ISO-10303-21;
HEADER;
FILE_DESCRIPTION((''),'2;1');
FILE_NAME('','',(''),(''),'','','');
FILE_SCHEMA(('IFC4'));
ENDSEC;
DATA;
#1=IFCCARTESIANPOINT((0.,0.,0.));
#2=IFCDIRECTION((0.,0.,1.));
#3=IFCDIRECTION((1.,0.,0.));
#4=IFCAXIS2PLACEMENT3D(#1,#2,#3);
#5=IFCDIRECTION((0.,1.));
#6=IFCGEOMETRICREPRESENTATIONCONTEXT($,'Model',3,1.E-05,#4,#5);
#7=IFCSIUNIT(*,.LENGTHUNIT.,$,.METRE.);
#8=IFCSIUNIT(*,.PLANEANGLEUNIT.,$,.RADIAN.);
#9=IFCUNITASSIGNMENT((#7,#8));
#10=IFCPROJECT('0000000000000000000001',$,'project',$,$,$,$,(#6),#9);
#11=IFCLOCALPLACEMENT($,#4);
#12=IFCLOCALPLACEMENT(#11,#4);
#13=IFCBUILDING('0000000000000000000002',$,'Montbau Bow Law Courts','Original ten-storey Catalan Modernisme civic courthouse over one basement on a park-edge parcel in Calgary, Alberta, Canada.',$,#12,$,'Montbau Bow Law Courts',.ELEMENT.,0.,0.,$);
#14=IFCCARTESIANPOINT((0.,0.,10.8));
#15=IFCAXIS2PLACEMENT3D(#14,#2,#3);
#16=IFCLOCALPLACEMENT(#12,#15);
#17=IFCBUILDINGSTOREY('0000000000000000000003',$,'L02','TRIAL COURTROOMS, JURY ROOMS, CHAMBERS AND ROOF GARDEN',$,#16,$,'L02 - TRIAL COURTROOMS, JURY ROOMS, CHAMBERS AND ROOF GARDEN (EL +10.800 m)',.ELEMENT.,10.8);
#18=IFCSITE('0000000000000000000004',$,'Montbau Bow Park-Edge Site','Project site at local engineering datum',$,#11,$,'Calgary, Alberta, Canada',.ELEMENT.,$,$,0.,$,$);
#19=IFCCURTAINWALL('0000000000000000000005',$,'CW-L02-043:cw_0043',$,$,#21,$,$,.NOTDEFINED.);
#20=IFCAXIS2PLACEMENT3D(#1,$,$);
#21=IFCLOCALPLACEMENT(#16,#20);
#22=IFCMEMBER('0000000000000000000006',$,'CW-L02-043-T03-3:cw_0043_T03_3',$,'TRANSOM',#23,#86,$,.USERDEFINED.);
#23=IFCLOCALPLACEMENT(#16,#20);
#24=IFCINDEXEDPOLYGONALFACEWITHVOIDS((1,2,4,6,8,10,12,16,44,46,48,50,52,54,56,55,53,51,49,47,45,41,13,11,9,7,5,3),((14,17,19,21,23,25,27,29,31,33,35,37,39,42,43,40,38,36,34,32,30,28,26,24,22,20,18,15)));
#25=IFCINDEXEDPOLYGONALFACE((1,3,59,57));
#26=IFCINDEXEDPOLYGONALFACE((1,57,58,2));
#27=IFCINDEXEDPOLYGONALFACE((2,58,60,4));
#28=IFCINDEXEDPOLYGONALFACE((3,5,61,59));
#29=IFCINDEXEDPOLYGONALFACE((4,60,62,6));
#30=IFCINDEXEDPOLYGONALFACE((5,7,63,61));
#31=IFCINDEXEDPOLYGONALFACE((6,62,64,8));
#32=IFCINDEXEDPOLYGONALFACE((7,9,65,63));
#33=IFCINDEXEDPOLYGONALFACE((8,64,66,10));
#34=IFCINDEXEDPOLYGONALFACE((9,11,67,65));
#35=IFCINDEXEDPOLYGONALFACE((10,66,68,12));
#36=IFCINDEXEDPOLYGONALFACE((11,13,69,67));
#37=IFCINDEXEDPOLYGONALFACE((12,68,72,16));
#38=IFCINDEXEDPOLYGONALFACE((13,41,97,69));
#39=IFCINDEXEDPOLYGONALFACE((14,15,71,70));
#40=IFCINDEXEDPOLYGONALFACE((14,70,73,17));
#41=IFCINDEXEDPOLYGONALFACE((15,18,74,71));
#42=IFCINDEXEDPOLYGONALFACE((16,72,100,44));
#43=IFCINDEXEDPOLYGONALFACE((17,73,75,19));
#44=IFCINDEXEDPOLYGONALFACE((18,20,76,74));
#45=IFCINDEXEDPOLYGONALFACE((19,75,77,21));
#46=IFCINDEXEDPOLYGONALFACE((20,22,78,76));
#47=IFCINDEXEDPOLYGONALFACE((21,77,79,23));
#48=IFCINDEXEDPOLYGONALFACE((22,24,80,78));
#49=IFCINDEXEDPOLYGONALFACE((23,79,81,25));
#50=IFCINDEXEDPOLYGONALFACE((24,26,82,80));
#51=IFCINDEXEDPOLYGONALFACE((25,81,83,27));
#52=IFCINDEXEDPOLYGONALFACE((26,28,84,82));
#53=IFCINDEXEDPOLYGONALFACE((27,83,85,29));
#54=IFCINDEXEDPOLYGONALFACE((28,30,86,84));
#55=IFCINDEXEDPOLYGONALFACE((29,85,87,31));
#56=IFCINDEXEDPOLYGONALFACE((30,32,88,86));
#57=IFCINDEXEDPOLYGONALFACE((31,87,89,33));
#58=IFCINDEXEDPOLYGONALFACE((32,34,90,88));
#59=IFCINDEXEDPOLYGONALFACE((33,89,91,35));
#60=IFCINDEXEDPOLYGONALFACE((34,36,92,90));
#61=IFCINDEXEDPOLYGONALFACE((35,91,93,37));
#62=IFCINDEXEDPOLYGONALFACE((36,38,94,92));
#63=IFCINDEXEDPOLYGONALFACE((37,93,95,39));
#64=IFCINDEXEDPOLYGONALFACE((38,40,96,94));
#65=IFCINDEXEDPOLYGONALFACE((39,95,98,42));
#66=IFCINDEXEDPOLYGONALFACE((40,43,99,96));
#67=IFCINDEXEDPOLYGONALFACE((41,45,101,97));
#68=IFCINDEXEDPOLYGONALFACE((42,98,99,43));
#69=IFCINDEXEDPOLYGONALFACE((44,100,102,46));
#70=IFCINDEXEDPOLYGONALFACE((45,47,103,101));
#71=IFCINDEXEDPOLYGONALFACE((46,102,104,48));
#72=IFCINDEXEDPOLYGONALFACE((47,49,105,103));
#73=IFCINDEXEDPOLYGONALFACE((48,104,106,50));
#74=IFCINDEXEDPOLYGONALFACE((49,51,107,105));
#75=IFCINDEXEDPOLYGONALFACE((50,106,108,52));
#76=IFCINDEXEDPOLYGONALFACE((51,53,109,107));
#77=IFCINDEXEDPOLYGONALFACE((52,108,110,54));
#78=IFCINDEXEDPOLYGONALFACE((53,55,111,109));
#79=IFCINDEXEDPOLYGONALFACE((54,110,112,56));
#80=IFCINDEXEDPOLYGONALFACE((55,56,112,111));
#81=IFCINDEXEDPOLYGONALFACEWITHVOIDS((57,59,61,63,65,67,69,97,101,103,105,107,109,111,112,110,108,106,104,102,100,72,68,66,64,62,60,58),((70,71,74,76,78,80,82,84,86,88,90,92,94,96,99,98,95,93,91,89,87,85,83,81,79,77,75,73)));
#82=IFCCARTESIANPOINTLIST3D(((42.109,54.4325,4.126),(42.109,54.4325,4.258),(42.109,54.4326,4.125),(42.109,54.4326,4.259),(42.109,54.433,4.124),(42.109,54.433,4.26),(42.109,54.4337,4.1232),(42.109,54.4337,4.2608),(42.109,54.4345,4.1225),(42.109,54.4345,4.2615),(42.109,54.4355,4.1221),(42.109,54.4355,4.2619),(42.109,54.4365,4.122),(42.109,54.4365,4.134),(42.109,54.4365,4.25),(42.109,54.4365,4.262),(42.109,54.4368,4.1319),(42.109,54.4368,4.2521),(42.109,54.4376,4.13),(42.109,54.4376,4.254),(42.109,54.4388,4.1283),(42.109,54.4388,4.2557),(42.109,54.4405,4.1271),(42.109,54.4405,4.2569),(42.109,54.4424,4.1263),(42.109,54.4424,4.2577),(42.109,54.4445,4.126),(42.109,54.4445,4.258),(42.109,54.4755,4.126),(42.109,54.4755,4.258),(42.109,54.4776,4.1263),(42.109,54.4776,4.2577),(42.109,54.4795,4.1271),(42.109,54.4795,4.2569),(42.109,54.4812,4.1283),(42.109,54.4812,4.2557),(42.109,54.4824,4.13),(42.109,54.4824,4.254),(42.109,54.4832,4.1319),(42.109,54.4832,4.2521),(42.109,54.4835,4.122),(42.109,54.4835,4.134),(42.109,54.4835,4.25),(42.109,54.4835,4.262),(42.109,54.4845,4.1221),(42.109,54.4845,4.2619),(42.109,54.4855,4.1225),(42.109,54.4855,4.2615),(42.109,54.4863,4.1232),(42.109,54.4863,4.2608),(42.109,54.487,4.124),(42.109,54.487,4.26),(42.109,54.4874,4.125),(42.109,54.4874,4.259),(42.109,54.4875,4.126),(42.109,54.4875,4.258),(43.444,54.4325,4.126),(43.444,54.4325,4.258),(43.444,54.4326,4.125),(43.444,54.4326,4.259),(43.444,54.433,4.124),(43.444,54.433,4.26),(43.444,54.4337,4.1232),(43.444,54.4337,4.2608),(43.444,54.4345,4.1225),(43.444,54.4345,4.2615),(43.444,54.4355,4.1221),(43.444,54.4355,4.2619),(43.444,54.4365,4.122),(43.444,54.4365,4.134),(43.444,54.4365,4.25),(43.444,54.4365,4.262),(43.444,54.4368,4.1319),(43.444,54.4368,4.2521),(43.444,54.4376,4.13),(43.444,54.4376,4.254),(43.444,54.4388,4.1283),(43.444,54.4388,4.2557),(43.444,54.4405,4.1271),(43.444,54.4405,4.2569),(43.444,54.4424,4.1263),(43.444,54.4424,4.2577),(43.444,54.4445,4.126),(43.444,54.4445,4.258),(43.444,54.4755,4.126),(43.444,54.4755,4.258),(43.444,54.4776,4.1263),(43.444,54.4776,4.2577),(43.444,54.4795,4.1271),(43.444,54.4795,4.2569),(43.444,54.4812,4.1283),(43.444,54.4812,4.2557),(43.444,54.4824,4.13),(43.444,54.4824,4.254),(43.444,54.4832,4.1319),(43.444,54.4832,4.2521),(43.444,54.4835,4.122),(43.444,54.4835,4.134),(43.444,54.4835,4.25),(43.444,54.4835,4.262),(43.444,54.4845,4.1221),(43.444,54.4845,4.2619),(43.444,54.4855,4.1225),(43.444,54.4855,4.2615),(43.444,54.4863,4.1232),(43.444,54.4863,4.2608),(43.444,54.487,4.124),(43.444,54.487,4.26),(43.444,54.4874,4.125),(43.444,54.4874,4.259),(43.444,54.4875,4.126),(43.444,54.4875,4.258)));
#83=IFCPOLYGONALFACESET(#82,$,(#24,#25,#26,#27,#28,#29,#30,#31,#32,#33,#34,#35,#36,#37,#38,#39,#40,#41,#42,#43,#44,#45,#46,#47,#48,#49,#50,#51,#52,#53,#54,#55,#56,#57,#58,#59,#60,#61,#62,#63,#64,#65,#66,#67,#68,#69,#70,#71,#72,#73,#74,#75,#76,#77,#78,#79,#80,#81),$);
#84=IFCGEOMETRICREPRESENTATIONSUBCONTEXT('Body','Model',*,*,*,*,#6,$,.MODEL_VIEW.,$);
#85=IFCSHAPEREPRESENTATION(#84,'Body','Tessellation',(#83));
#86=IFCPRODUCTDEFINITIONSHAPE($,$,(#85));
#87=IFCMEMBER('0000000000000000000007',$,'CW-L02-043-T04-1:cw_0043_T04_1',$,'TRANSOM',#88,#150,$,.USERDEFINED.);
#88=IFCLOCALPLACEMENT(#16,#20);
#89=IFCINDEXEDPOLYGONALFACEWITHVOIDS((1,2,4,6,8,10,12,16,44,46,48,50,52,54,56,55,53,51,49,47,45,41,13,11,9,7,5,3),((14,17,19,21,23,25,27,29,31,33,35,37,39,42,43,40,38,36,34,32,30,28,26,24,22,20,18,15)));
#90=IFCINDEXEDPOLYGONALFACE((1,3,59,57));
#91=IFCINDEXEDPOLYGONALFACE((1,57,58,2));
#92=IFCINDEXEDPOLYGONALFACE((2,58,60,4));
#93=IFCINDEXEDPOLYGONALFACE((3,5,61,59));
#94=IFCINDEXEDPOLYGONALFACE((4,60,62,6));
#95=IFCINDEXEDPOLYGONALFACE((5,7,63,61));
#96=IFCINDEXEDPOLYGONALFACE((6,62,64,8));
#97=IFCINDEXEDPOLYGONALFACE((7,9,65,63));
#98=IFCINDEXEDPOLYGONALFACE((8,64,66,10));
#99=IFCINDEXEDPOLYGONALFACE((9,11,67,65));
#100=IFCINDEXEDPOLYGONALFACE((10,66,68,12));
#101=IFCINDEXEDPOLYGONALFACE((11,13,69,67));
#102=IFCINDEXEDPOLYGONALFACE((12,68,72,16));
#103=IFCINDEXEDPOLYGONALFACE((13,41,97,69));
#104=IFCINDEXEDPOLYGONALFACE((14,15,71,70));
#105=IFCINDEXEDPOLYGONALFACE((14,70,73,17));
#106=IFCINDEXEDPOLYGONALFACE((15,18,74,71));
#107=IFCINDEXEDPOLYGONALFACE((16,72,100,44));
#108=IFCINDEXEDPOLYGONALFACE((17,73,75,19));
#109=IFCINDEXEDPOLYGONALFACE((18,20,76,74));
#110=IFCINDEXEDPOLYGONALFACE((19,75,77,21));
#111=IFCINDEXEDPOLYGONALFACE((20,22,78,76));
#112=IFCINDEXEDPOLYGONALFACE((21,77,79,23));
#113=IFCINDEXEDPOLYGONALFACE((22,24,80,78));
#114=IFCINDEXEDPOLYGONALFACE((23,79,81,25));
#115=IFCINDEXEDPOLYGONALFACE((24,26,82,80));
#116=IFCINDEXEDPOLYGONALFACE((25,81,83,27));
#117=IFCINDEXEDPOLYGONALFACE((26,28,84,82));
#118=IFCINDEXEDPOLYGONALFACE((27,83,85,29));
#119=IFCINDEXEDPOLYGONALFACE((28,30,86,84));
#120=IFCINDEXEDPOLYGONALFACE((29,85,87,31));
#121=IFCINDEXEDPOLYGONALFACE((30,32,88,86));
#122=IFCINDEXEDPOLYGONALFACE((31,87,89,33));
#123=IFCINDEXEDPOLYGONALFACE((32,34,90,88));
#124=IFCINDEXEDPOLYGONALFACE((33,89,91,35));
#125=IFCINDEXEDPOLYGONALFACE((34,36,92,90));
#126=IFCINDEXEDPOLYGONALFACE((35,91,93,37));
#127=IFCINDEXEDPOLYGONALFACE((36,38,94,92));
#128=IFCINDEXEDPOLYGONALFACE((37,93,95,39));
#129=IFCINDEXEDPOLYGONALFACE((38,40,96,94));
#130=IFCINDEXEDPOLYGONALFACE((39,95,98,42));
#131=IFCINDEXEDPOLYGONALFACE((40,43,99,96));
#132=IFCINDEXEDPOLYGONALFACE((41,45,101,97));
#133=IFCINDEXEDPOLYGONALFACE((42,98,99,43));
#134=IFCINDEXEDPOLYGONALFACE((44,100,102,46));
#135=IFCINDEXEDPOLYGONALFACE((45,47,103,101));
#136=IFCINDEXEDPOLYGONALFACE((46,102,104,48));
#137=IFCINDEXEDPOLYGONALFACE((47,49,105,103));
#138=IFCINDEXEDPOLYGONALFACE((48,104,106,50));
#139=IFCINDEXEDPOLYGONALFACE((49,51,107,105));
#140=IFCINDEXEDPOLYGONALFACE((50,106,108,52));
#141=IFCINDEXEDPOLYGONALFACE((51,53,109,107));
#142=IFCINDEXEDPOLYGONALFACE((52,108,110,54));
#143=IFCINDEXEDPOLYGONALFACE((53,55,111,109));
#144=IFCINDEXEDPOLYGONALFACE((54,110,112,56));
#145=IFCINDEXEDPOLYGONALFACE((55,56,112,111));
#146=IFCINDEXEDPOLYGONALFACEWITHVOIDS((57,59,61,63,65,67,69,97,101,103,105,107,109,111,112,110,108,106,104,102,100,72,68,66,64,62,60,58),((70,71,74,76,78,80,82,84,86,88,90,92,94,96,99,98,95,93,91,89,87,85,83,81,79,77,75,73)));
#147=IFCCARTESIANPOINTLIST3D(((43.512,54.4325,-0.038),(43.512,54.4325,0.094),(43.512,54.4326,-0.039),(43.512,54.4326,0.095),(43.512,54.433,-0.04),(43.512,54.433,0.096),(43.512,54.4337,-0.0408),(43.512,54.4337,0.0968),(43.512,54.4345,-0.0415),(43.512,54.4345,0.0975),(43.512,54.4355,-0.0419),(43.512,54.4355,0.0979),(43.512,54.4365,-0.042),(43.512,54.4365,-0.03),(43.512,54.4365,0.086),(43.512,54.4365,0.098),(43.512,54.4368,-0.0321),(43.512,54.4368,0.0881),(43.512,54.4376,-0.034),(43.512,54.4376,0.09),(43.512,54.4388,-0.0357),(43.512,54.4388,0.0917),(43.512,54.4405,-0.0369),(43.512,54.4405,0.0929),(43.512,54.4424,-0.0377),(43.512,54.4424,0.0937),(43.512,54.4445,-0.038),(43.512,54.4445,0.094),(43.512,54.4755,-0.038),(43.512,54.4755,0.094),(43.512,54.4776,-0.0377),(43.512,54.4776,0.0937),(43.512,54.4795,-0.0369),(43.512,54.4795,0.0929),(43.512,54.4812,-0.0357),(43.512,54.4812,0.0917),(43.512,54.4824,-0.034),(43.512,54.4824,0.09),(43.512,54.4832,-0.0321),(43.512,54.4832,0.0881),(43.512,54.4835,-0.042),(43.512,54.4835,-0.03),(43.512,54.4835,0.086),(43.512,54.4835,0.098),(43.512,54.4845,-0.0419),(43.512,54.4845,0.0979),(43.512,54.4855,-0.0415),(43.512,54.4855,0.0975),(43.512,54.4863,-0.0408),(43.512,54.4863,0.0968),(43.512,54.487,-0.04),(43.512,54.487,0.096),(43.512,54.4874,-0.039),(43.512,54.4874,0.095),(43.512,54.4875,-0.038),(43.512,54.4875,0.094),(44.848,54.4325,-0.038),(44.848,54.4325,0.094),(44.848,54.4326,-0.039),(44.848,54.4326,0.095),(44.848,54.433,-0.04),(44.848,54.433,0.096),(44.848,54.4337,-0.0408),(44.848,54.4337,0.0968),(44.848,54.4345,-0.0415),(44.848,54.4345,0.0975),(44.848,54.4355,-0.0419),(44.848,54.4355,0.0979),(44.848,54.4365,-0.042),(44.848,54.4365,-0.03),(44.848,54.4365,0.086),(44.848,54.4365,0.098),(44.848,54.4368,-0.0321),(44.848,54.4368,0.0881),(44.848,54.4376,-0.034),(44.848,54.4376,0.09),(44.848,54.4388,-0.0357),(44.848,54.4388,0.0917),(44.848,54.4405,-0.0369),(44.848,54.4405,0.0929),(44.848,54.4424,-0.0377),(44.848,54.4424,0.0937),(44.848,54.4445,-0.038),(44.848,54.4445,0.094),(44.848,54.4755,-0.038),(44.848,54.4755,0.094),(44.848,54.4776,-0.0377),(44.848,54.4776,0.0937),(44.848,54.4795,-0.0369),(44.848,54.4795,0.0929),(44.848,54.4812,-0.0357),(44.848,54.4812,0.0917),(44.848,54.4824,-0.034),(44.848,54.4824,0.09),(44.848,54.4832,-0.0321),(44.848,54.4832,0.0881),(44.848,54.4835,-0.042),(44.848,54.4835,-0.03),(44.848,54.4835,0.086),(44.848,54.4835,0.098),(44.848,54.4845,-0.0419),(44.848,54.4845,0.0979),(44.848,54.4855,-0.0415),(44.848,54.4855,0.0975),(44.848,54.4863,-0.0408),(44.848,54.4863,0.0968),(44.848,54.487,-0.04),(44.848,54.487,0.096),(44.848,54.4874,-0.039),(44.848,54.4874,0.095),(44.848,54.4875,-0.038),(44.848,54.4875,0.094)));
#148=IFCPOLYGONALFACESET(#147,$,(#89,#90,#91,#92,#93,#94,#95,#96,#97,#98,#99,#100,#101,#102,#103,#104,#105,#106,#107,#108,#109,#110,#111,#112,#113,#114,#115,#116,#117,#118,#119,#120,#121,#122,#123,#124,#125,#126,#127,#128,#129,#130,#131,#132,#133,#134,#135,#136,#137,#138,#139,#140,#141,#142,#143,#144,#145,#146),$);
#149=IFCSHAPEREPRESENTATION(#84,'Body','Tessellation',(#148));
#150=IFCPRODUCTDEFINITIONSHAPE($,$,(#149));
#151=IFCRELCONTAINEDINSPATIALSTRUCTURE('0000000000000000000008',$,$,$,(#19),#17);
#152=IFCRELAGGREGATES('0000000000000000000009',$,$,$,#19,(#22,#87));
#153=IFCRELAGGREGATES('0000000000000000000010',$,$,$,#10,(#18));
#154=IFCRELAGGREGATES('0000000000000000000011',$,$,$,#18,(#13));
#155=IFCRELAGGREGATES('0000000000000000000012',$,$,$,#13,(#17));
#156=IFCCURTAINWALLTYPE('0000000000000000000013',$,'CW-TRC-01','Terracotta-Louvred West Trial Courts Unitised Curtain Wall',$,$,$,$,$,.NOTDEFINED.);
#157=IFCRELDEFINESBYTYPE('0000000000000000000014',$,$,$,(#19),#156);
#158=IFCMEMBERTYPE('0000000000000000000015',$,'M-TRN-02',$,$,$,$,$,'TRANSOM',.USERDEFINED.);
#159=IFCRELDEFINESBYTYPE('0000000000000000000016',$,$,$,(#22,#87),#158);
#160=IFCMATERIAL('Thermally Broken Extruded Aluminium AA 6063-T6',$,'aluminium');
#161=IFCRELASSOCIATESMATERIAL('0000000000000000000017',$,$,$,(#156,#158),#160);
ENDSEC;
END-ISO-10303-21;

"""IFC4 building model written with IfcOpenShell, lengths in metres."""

from ifc_helpers import new_model, si_unit, direction, frame, origin_with_axes, origin_2d_with_axis, place, context, subcontext, project, spatial, hollow_rectangle, extrude, material, material_profile, profile_set, type_object, element, aggregate, save


model = new_model("IFC4")

# Units and contexts
model_context = context("Model", 3, precision=1e-05, world=origin_with_axes(), true_north=direction((0.0, 1.0)))
body_context = subcontext(model_context, "Body", "Model", "MODEL_VIEW")
ifc_project = project(units=[si_unit("LENGTHUNIT", "METRE"), si_unit("PLANEANGLEUNIT", "RADIAN")], contexts=[model_context])

# Site, building, storey
site_placement = place(None, origin_with_axes())
site = spatial("IfcSite", under=ifc_project, at=site_placement, Name="Montbau Bow Park-Edge Site", Description="Project site at local engineering datum", LongName="Calgary, Alberta, Canada", CompositionType="ELEMENT", RefElevation=0.0)
building_placement = place(site_placement, origin_with_axes())
building = spatial("IfcBuilding", under=site, at=building_placement, Name="Montbau Bow Law Courts", Description="Original ten-storey Catalan Modernisme civic courthouse over one basement on a park-edge parcel in Calgary, Alberta, Canada.", LongName="Montbau Bow Law Courts", CompositionType="ELEMENT", ElevationOfRefHeight=0.0, ElevationOfTerrain=0.0)
storey_placement = place(building_placement, frame((0.0, 0.0, 10.8), z_axis=(0.0, 0.0, 1.0), x_axis=(1.0, 0.0, 0.0)))
storey = spatial("IfcBuildingStorey", under=building, at=storey_placement, Name="L02", Description="TRIAL COURTROOMS, JURY ROOMS, CHAMBERS AND ROOF GARDEN", LongName="L02 - TRIAL COURTROOMS, JURY ROOMS, CHAMBERS AND ROOF GARDEN (EL +10.800 m)", CompositionType="ELEMENT", Elevation=10.8)

# Curtain wall, members
ifc_material_1 = material(Name="Thermally Broken Extruded Aluminium AA 6063-T6", Category="aluminium")
curtain_wall_type = type_object("IfcCurtainWallType", Name="CW-TRC-01", Description="Terracotta-Louvred West Trial Courts Unitised Curtain Wall", PredefinedType="NOTDEFINED", material=ifc_material_1)
curtain_wall_placement = place(None, frame((39.268, 54.46, 10.8), z_axis=(0.0, 0.0, 1.0), x_axis=(1.0, 0.0, 0.0)))
curtain_wall = element("IfcCurtainWall", 1, at=curtain_wall_placement, inside=storey, type_object=curtain_wall_type, Name="CW-L02-043:cw_0043", PredefinedType="NOTDEFINED")
ifc_material_profile_1 = material_profile(ifc_material_1, hollow_rectangle(XDim=0.055, YDim=0.14, WallThickness=0.004, InnerFilletRadius=0.008, OuterFilletRadius=0.004, at=origin_2d_with_axis()), Name="CWT-140X55", Category="Main", Priority=0)
ifc_profile_set_1 = profile_set([ifc_material_profile_1], Name="Thermally Broken Extruded Aluminium AA 6063-T6")
member_type_1 = type_object("IfcMemberType", Name="M-TRN-02", ElementType="TRANSOM", PredefinedType="USERDEFINED", material=ifc_profile_set_1)
member_1_placement = place(None, frame((42.109, 54.46, 14.992), z_axis=(1.0, 0.0, 0.0), x_axis=(0.0, 1.0, 0.0)))
member_1 = element("IfcMember", 2, at=member_1_placement, type_object=member_type_1, Name="CW-L02-043-T03-3:cw_0043_T03_3", ObjectType="TRANSOM", PredefinedType="USERDEFINED", context=body_context, shape_type="SweptSolid", body=[
    extrude(hollow_rectangle(XDim=0.055, YDim=0.14, WallThickness=0.004, InnerFilletRadius=0.008, OuterFilletRadius=0.004, at=origin_2d_with_axis()), origin_with_axes(), (0.0, 0.0, 1.0), 1.335),
])
member_2_placement = place(None, frame((43.512, 54.46, 10.828), z_axis=(1.0, 0.0, 0.0), x_axis=(0.0, 1.0, 0.0)))
member_2 = element("IfcMember", 3, at=member_2_placement, type_object=member_type_1, Name="CW-L02-043-T04-1:cw_0043_T04_1", ObjectType="TRANSOM", PredefinedType="USERDEFINED", context=body_context, shape_type="SweptSolid", body=[
    extrude(hollow_rectangle(XDim=0.055, YDim=0.14, WallThickness=0.004, InnerFilletRadius=0.008, OuterFilletRadius=0.004, at=origin_2d_with_axis()), origin_with_axes(), (0.0, 0.0, 1.0), 1.336),
])
aggregate(curtain_wall, [member_1, member_2])

save(model, "model.ifc")
